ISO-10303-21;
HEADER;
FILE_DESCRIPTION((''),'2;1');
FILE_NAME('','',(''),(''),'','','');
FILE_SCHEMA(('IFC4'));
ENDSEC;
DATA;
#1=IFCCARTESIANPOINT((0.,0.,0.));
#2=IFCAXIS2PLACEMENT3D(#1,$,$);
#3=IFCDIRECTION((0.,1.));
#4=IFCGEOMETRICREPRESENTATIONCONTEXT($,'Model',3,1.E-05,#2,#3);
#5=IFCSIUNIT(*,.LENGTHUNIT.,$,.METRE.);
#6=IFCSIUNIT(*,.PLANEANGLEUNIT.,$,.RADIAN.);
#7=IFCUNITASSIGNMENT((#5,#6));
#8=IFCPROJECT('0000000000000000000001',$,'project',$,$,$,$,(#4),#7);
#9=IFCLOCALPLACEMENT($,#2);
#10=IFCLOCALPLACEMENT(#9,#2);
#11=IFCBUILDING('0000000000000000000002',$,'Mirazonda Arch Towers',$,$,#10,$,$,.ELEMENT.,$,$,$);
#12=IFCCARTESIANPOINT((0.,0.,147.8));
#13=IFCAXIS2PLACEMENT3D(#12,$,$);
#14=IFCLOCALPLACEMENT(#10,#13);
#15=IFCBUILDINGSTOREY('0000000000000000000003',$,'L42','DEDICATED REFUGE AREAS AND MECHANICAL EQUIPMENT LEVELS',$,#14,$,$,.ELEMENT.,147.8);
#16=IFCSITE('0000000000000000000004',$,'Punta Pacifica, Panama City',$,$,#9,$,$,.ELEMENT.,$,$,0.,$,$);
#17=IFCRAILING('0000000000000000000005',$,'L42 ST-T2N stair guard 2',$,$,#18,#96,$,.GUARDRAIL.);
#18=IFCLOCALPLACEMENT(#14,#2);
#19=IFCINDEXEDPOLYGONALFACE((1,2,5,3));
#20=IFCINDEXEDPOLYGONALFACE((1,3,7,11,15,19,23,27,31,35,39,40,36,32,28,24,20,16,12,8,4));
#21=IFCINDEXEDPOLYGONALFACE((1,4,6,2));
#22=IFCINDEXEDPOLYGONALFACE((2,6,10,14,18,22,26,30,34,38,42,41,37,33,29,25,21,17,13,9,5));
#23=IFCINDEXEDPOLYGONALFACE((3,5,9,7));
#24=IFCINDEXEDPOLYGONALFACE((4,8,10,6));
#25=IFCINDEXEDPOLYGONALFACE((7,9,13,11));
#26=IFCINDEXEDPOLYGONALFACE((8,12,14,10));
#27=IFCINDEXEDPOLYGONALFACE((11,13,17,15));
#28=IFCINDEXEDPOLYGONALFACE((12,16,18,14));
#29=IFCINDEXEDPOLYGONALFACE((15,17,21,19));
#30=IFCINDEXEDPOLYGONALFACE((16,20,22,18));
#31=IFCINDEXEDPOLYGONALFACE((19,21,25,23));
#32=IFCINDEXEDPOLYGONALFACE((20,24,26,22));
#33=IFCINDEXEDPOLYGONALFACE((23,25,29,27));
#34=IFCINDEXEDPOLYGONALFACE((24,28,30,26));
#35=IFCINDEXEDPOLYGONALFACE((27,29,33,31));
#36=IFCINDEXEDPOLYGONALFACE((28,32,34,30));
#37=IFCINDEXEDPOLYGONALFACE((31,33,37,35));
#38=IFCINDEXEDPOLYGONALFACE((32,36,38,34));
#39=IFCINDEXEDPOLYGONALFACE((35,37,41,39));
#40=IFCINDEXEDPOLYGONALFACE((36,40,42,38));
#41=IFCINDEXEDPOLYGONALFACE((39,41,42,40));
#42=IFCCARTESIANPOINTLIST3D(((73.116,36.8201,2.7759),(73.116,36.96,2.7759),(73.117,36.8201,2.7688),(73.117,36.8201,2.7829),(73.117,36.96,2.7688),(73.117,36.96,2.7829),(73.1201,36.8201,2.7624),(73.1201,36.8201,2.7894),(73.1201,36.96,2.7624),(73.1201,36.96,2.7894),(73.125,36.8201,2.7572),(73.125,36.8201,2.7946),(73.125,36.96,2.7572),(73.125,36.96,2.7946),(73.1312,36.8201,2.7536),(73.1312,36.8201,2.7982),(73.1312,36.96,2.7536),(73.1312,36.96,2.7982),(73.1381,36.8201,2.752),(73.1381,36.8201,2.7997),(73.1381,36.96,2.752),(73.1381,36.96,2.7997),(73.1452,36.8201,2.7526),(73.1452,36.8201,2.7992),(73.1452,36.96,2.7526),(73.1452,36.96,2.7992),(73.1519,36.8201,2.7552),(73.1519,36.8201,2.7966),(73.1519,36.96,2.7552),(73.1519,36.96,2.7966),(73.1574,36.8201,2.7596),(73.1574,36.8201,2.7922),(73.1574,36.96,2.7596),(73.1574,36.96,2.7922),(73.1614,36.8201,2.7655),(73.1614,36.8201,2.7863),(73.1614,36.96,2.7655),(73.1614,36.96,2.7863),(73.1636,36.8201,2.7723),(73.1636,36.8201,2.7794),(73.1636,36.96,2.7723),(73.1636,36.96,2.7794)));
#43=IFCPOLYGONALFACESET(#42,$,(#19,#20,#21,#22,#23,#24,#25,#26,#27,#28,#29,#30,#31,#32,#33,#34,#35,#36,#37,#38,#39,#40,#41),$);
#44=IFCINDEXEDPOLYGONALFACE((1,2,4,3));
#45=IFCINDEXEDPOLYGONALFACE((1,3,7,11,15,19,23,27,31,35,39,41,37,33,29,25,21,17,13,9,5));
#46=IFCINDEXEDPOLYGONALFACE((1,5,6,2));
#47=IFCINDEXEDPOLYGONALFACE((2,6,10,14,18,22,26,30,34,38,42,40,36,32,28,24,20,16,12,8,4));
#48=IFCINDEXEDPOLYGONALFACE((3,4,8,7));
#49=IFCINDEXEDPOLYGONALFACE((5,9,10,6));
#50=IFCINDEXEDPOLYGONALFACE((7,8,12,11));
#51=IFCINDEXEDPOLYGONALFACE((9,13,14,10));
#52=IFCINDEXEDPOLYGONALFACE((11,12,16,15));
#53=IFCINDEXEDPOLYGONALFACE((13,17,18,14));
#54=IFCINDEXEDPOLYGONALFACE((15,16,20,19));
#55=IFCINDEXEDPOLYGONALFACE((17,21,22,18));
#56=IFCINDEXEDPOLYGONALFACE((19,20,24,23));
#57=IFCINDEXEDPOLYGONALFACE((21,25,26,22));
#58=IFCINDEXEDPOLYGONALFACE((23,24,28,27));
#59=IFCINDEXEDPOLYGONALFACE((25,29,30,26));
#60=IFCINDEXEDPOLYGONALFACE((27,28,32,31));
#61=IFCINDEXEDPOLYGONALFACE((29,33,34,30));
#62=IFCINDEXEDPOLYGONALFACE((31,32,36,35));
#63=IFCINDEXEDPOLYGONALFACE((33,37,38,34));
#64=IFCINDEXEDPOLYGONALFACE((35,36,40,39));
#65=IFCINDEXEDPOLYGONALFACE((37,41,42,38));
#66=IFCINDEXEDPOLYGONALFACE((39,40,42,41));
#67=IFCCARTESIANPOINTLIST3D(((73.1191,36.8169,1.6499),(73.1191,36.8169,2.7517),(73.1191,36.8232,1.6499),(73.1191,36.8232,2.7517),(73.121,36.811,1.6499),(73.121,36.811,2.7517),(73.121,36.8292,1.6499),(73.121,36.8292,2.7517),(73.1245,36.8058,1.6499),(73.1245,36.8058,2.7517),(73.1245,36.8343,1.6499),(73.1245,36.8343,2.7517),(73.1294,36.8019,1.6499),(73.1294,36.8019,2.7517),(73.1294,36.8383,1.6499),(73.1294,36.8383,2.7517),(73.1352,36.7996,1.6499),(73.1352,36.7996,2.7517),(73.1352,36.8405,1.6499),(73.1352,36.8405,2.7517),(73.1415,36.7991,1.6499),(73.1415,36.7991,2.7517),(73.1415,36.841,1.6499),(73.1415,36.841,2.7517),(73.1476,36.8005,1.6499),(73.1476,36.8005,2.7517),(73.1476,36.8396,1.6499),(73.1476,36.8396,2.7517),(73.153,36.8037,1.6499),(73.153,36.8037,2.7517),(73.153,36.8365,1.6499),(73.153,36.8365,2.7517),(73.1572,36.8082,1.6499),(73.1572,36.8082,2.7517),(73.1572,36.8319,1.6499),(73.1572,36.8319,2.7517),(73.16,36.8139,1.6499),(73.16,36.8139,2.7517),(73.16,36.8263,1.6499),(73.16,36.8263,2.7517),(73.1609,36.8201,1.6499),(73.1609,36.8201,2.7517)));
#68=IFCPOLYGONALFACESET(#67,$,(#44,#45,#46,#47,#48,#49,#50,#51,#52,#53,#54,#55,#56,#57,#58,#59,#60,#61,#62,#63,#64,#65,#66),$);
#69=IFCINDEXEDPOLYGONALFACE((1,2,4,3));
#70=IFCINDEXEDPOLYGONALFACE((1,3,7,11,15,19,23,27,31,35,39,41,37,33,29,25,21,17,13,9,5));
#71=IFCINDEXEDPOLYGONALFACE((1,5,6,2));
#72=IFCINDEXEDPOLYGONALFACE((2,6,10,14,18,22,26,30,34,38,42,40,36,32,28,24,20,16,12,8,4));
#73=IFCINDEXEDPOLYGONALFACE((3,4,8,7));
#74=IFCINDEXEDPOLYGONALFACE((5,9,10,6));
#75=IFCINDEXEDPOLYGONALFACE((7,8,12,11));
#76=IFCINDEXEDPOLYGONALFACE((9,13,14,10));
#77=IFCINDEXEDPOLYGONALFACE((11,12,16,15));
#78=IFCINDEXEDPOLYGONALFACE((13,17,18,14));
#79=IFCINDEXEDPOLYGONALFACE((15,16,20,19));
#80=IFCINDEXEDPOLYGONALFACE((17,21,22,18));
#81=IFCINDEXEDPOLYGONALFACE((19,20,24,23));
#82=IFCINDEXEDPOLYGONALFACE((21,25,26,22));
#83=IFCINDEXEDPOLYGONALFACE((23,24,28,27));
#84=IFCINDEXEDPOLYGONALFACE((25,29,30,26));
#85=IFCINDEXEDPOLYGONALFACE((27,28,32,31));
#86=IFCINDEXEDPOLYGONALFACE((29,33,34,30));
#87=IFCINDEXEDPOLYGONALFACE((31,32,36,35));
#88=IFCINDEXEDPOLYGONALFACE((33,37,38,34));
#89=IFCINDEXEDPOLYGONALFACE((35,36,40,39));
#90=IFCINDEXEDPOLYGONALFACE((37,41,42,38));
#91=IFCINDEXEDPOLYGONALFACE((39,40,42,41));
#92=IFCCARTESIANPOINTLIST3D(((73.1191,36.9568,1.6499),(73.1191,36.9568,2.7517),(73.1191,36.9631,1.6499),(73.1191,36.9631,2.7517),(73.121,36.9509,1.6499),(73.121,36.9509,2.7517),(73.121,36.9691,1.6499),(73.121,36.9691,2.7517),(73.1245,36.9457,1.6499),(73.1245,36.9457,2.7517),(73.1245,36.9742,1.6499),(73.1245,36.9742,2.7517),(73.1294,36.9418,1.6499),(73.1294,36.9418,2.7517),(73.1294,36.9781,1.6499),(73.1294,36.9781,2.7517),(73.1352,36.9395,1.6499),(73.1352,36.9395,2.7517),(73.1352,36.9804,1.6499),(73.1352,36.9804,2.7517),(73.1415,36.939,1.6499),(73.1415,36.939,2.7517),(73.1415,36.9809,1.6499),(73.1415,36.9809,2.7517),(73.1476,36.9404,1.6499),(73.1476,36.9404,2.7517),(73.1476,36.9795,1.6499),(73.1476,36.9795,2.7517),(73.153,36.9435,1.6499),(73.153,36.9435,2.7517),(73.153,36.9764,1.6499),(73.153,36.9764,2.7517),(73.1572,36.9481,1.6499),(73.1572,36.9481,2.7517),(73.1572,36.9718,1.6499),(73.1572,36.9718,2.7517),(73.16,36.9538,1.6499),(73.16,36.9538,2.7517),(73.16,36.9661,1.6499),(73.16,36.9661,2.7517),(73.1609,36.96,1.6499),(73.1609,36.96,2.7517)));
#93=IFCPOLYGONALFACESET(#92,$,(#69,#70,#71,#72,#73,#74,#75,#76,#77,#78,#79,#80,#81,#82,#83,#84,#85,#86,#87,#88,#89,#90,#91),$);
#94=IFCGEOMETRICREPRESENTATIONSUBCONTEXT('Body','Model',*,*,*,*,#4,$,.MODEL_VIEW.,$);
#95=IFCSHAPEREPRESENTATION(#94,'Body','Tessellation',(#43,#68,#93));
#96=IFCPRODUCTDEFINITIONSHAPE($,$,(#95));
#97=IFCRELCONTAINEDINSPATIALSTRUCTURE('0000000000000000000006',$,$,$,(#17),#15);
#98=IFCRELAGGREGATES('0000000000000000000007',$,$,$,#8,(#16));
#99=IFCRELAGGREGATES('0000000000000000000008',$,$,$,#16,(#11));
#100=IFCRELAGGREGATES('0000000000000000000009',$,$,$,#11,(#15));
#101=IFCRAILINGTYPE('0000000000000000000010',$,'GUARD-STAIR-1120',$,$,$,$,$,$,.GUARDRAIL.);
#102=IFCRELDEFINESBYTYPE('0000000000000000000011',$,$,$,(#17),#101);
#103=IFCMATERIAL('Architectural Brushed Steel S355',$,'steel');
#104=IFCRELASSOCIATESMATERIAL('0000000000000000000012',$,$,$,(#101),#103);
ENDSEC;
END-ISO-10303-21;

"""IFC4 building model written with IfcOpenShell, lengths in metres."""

from ifc_helpers import new_model, si_unit, direction, frame, origin, origin_2d, place, context, subcontext, project, spatial, circle, extrude, material, type_object, element, save


model = new_model("IFC4")

# Units and contexts
model_context = context("Model", 3, precision=1e-05, world=origin(), true_north=direction((0.0, 1.0)))
body_context = subcontext(model_context, "Body", "Model", "MODEL_VIEW")
ifc_project = project(units=[si_unit("LENGTHUNIT", "METRE"), si_unit("PLANEANGLEUNIT", "RADIAN")], contexts=[model_context])

# Site, building, storey
site_placement = place(None, origin())
site = spatial("IfcSite", under=ifc_project, at=site_placement, Name="Punta Pacifica, Panama City", CompositionType="ELEMENT", RefElevation=0.0)
building_placement = place(site_placement, origin())
building = spatial("IfcBuilding", under=site, at=building_placement, Name="Mirazonda Arch Towers", CompositionType="ELEMENT")
storey_placement = place(building_placement, frame((0.0, 0.0, 147.8)))
storey = spatial("IfcBuildingStorey", under=building, at=storey_placement, Name="L42", Description="DEDICATED REFUGE AREAS AND MECHANICAL EQUIPMENT LEVELS", CompositionType="ELEMENT", Elevation=147.8)

# Shared definitions
ifc_material_1 = material(Name="Architectural Brushed Steel S355", Category="steel")

# Railing
railing_type_1 = type_object("IfcRailingType", Name="GUARD-STAIR-1120", PredefinedType="GUARDRAIL", material=ifc_material_1)
railing_1_placement = place(storey_placement, frame((73.1399, 36.8201, 1.6499)))
element("IfcRailing", 1, at=railing_1_placement, inside=storey, type_object=railing_type_1, Name="L42 ST-T2N stair guard 2", PredefinedType="GUARDRAIL", context=body_context, shape_type="SweptSolid", body=[
    extrude(circle(Radius=0.0239, at=origin_2d()), frame((0.0, 0.0, 1.126), z_axis=(0.0, 1.0, 0.0), x_axis=(-1.0, 0.0, 0.0)), (0.0, 0.0, 1.0), 0.1399),
    extrude(circle(Radius=0.021, at=origin_2d()), origin(), (0.0, 0.0, 1.0), 1.1018),
    extrude(circle(Radius=0.021, at=origin_2d()), frame((0.0, 0.1399, 0.0)), (0.0, 0.0, 1.0), 1.1018),
])

save(model, "model.ifc")
